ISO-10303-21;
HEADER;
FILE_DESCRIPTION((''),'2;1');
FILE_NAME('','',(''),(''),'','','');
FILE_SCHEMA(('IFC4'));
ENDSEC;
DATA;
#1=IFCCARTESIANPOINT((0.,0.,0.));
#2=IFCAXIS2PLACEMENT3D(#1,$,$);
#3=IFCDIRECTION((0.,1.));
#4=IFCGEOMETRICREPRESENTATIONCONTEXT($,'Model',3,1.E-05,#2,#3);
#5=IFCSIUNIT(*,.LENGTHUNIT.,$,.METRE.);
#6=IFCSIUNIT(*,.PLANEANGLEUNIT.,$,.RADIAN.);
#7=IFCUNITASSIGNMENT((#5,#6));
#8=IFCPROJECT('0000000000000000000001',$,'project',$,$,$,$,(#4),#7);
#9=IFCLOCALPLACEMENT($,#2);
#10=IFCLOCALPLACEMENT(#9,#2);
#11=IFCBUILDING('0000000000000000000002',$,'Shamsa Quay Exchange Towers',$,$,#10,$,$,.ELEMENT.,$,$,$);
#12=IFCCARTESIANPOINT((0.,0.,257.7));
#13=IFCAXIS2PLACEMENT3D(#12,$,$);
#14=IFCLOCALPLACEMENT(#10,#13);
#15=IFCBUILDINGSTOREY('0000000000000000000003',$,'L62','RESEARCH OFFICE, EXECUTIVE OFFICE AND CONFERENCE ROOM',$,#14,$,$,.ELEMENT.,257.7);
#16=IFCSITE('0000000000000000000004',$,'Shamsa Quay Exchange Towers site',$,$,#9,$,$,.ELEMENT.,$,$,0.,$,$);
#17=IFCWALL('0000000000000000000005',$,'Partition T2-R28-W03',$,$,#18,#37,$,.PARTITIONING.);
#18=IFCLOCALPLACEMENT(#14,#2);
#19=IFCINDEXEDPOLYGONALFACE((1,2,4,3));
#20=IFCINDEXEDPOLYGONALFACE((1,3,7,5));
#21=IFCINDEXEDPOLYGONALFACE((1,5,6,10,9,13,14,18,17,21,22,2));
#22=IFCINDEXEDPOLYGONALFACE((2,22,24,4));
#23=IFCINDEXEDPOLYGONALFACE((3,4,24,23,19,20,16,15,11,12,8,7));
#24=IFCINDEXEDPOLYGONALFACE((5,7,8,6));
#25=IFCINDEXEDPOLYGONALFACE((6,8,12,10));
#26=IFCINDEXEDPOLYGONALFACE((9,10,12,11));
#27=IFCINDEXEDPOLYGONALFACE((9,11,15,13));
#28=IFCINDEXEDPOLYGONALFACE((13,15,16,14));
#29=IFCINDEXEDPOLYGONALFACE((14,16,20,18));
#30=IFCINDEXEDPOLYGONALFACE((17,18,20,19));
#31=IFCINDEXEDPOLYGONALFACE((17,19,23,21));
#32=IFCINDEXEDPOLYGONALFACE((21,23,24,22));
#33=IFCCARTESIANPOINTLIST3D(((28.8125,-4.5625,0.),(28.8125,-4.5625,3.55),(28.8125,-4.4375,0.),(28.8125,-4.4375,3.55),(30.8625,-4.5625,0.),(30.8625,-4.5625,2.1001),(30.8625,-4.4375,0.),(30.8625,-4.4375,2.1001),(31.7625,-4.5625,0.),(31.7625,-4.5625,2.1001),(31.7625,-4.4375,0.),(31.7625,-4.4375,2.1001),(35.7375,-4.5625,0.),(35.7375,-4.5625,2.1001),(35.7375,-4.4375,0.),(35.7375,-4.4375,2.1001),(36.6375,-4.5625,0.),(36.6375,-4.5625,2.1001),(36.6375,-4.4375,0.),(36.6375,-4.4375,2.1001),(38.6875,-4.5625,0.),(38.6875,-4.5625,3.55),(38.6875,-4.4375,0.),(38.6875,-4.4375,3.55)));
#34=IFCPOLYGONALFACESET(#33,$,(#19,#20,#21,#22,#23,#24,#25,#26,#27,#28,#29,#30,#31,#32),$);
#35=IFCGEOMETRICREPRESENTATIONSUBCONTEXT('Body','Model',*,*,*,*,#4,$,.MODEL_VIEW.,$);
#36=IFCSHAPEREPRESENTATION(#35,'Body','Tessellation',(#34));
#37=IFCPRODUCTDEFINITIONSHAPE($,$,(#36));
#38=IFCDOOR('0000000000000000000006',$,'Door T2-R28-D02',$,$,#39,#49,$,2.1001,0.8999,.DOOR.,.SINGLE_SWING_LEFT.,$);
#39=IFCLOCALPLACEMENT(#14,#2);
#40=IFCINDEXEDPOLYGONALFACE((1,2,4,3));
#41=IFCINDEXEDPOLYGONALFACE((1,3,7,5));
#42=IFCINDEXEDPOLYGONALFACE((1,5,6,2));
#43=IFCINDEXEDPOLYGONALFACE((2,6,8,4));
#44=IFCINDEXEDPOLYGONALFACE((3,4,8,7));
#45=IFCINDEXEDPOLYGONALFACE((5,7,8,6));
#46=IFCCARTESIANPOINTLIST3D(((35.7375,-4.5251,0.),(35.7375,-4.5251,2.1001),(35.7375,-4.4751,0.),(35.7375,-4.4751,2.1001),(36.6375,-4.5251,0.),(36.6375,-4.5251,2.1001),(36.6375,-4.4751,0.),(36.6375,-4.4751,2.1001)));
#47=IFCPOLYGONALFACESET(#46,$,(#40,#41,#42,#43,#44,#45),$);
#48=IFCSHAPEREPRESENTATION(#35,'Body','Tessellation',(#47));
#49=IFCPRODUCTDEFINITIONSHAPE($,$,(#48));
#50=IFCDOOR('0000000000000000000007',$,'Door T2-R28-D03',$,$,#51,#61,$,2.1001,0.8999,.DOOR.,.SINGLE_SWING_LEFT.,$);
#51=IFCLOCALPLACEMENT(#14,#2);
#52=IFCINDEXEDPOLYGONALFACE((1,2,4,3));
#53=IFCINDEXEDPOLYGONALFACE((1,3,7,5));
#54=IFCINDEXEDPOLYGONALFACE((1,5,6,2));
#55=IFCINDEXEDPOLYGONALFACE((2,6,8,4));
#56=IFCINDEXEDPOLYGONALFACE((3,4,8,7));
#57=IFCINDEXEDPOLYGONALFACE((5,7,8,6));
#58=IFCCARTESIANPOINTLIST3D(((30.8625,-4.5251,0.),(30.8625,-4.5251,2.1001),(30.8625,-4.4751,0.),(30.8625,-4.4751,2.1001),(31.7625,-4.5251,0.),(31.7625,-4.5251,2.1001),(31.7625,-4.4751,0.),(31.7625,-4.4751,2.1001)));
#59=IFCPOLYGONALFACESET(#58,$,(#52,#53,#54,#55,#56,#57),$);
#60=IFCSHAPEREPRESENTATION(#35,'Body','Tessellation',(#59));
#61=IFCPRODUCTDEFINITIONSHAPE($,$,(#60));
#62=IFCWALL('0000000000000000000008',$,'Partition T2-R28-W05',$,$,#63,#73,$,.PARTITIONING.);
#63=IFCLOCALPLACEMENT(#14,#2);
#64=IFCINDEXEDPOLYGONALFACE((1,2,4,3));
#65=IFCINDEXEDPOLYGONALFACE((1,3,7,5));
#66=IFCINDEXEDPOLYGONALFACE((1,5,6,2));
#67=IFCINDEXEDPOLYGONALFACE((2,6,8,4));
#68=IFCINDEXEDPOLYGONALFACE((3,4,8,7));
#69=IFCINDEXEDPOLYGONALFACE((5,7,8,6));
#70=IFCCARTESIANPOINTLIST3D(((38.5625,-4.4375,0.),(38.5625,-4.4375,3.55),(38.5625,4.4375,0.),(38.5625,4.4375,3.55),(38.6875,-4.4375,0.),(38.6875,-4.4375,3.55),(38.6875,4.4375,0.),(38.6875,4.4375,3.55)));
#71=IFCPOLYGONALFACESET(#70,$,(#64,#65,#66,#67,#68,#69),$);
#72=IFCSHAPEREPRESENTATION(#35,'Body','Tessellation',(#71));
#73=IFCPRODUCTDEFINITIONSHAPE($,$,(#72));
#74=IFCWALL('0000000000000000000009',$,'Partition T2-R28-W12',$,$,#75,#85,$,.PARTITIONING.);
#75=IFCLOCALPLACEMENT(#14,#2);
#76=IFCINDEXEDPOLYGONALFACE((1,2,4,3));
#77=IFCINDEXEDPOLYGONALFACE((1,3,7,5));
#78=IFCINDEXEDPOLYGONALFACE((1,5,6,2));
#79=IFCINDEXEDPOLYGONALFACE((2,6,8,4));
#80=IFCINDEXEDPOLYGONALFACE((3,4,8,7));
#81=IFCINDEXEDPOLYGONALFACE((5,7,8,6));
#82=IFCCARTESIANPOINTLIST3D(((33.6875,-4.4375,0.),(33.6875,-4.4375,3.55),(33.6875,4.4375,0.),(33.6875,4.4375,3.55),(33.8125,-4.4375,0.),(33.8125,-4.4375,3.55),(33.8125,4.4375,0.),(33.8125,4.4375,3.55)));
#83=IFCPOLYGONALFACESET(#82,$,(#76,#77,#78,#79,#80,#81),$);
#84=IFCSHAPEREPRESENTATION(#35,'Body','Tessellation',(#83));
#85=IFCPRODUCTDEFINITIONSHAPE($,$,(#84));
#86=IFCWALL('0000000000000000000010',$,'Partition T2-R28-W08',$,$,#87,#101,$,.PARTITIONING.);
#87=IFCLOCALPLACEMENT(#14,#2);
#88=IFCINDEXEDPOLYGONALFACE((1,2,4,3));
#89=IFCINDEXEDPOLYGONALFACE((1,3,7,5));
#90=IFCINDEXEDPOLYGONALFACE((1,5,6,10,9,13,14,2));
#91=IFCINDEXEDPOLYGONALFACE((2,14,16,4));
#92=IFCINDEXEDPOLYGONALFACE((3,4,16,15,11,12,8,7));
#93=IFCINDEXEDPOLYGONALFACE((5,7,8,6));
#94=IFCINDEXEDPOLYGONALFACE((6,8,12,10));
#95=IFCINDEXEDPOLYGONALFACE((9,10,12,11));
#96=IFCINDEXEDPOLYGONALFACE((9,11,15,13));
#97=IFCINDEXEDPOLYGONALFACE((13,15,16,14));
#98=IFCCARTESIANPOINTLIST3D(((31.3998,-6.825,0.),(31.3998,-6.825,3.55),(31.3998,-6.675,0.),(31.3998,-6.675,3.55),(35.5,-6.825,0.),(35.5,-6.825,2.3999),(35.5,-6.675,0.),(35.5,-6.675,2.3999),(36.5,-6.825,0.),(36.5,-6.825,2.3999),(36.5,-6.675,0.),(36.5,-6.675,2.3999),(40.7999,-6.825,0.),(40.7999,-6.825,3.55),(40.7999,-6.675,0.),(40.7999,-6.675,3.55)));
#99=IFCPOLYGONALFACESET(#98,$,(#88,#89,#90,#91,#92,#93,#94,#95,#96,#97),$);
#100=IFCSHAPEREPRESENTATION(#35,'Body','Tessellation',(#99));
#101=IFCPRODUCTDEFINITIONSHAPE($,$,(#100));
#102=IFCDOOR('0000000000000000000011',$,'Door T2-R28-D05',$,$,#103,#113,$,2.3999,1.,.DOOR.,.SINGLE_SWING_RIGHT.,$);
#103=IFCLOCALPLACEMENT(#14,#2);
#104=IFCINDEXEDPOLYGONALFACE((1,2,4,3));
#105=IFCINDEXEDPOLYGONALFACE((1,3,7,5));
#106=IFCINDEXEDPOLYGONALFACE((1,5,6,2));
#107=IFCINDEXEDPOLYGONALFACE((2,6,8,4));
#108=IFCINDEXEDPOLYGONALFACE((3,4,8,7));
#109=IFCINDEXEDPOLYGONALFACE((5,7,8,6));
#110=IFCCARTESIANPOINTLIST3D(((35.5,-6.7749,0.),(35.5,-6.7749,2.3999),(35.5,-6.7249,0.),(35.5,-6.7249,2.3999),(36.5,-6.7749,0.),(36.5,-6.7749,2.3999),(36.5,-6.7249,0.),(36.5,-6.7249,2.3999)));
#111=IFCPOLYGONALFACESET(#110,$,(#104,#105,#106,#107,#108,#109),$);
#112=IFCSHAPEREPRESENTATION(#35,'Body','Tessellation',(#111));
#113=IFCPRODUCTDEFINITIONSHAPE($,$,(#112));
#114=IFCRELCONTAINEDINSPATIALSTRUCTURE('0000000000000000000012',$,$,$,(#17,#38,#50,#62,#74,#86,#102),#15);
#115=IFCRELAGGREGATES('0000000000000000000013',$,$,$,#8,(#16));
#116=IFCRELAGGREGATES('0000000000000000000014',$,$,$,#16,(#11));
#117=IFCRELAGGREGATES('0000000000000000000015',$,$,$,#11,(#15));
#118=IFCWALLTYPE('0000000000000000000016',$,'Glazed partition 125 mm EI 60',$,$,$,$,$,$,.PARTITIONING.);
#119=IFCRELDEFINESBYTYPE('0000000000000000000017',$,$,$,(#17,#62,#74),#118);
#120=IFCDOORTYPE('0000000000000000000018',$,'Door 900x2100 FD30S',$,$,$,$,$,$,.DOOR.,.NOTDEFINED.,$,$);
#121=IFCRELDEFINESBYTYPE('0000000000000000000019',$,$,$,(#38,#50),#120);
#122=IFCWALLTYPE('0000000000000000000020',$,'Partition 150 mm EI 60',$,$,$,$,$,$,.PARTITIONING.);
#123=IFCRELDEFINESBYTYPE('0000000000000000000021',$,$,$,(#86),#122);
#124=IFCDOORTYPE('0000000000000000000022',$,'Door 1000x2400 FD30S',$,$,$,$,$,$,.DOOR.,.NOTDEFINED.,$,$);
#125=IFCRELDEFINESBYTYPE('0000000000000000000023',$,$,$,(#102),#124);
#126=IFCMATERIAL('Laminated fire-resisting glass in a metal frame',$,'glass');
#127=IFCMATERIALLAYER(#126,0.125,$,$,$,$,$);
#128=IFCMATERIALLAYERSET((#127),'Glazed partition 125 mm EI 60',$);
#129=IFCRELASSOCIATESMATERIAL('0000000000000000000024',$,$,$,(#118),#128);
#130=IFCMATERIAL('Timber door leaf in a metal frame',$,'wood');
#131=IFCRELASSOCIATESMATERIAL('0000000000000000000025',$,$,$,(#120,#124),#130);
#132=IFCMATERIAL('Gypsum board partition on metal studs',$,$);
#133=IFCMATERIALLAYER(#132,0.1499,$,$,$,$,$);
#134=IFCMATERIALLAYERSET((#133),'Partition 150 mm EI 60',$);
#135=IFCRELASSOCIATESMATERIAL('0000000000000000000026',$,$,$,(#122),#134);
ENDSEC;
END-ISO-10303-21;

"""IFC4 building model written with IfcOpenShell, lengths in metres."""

from ifc_helpers import new_model, si_unit, direction, frame, frame_2d, origin, place, context, subcontext, project, spatial, rectangle, extrude, material, layer, layer_set, type_object, element, fill, save


model = new_model("IFC4")

# Units and contexts
model_context = context("Model", 3, precision=1e-05, world=origin(), true_north=direction((0.0, 1.0)))
body_context = subcontext(model_context, "Body", "Model", "MODEL_VIEW")
ifc_project = project(units=[si_unit("LENGTHUNIT", "METRE"), si_unit("PLANEANGLEUNIT", "RADIAN")], contexts=[model_context])

# Site, building, storey
site_placement = place(None, origin())
site = spatial("IfcSite", under=ifc_project, at=site_placement, Name="Shamsa Quay Exchange Towers site", CompositionType="ELEMENT", RefElevation=0.0)
building_placement = place(site_placement, origin())
building = spatial("IfcBuilding", under=site, at=building_placement, Name="Shamsa Quay Exchange Towers", CompositionType="ELEMENT")
storey_placement = place(building_placement, frame((0.0, 0.0, 257.7)))
storey = spatial("IfcBuildingStorey", under=building, at=storey_placement, Name="L62", Description="RESEARCH OFFICE, EXECUTIVE OFFICE AND CONFERENCE ROOM", CompositionType="ELEMENT", Elevation=257.7)

# Shared definitions
ifc_material_1 = material(Name="Timber door leaf in a metal frame", Category="wood")

# Wall, openings, doors
ifc_material_2 = material(Name="Laminated fire-resisting glass in a metal frame", Category="glass")
ifc_layer_1 = layer(ifc_material_2, 0.125)
ifc_layer_set_1 = layer_set([ifc_layer_1], Name="Glazed partition 125 mm EI 60")
wall_type_1 = type_object("IfcWallType", Name="Glazed partition 125 mm EI 60", PredefinedType="PARTITIONING", material=ifc_layer_set_1)
wall_1_placement = place(storey_placement, frame((28.8125, -4.5, 0.0)))
wall_1 = element("IfcWall", 1, at=wall_1_placement, inside=storey, type_object=wall_type_1, Name="Partition T2-R28-W03", PredefinedType="PARTITIONING", context=body_context, shape_type="SweptSolid", body=[
    extrude(rectangle(XDim=9.875, YDim=0.125, at=frame_2d((4.9375, 0.0))), origin(), (0.0, 0.0, 1.0), 3.55),
])
opening_1_placement = place(wall_1_placement, frame((6.925, 0.0, 0.0)))
opening_1 = element("IfcOpeningElement", 2, at=opening_1_placement, cuts=wall_1, PredefinedType="OPENING", context=body_context, shape_type="SweptSolid", body=[
    extrude(rectangle(XDim=0.8999, YDim=2.1001, at=frame_2d((0.45, 1.05))), frame((0.0, 0.0725, 0.0), z_axis=(0.0, -1.0, 0.0), x_axis=(1.0, 0.0, 0.0)), (0.0, 0.0, 1.0), 0.145),
])
opening_2_placement = place(wall_1_placement, frame((2.05, 0.0, 0.0)))
opening_2 = element("IfcOpeningElement", 3, at=opening_2_placement, cuts=wall_1, PredefinedType="OPENING", context=body_context, shape_type="SweptSolid", body=[
    extrude(rectangle(XDim=0.8999, YDim=2.1001, at=frame_2d((0.45, 1.05))), frame((0.0, 0.0725, 0.0), z_axis=(0.0, -1.0, 0.0), x_axis=(1.0, 0.0, 0.0)), (0.0, 0.0, 1.0), 0.145),
])
door_type_1 = type_object("IfcDoorType", Name="Door 900x2100 FD30S", OperationType="NOTDEFINED", PredefinedType="DOOR", material=ifc_material_1)
door_1_placement = place(opening_1_placement, origin())
door_1 = element("IfcDoor", 4, at=door_1_placement, inside=storey, type_object=door_type_1, Name="Door T2-R28-D02", OperationType="SINGLE_SWING_LEFT", OverallHeight=2.1001, OverallWidth=0.8999, PredefinedType="DOOR", context=body_context, shape_type="SweptSolid", body=[
    extrude(rectangle(XDim=0.8999, YDim=2.1001, at=frame_2d((0.45, 1.05))), frame((0.0, 0.0249, 0.0), z_axis=(0.0, -1.0, 0.0), x_axis=(1.0, 0.0, 0.0)), (0.0, 0.0, 1.0), 0.05),
])
fill(opening_1, door_1)
door_2_placement = place(opening_2_placement, origin())
door_2 = element("IfcDoor", 5, at=door_2_placement, inside=storey, type_object=door_type_1, Name="Door T2-R28-D03", OperationType="SINGLE_SWING_LEFT", OverallHeight=2.1001, OverallWidth=0.8999, PredefinedType="DOOR", context=body_context, shape_type="SweptSolid", body=[
    extrude(rectangle(XDim=0.8999, YDim=2.1001, at=frame_2d((0.45, 1.05))), frame((0.0, 0.0249, 0.0), z_axis=(0.0, -1.0, 0.0), x_axis=(1.0, 0.0, 0.0)), (0.0, 0.0, 1.0), 0.05),
])
fill(opening_2, door_2)

# Walls
for number, where, z_axis, x_axis, name in (
    (6, (38.625, -4.4375, 0.0), (0.0, 0.0, 1.0), (0.0, 1.0, 0.0), "Partition T2-R28-W05"),
    (7, (33.75, -4.4375, 0.0), (0.0, 0.0, 1.0), (0.0, 1.0, 0.0), "Partition T2-R28-W12"),
):
    element("IfcWall", number, at=place(storey_placement, frame(where, z_axis=z_axis, x_axis=x_axis)), inside=storey, type_object=wall_type_1, Name=name, PredefinedType="PARTITIONING", context=body_context, shape_type="SweptSolid", body=[
        extrude(rectangle(XDim=8.875, YDim=0.125, at=frame_2d((4.4375, 0.0))), origin(), (0.0, 0.0, 1.0), 3.55),
    ])

# Wall, opening, door
ifc_material_3 = material(Name="Gypsum board partition on metal studs")
ifc_layer_2 = layer(ifc_material_3, 0.1499)
ifc_layer_set_2 = layer_set([ifc_layer_2], Name="Partition 150 mm EI 60")
wall_type_2 = type_object("IfcWallType", Name="Partition 150 mm EI 60", PredefinedType="PARTITIONING", material=ifc_layer_set_2)
wall_2_placement = place(storey_placement, frame((40.8, -6.75, 0.0), z_axis=(0.0, 0.0, 1.0), x_axis=(-1.0, 0.0, 0.0)))
wall_2 = element("IfcWall", 8, at=wall_2_placement, inside=storey, type_object=wall_type_2, Name="Partition T2-R28-W08", PredefinedType="PARTITIONING", context=body_context, shape_type="SweptSolid", body=[
    extrude(rectangle(XDim=9.4001, YDim=0.1499, at=frame_2d((4.7002, 0.0))), origin(), (0.0, 0.0, 1.0), 3.55),
])
opening_3_placement = place(wall_2_placement, frame((4.3, 0.0, 0.0)))
opening_3 = element("IfcOpeningElement", 9, at=opening_3_placement, cuts=wall_2, PredefinedType="OPENING", context=body_context, shape_type="SweptSolid", body=[
    extrude(rectangle(XDim=1.0, YDim=2.3999, at=frame_2d((0.5, 1.2))), frame((0.0, 0.085, 0.0), z_axis=(0.0, -1.0, 0.0), x_axis=(1.0, 0.0, 0.0)), (0.0, 0.0, 1.0), 0.1699),
])
door_type_2 = type_object("IfcDoorType", Name="Door 1000x2400 FD30S", OperationType="NOTDEFINED", PredefinedType="DOOR", material=ifc_material_1)
door_3_placement = place(opening_3_placement, origin())
door_3 = element("IfcDoor", 10, at=door_3_placement, inside=storey, type_object=door_type_2, Name="Door T2-R28-D05", OperationType="SINGLE_SWING_RIGHT", OverallHeight=2.3999, OverallWidth=1.0, PredefinedType="DOOR", context=body_context, shape_type="SweptSolid", body=[
    extrude(rectangle(XDim=1.0, YDim=2.3999, at=frame_2d((0.5, 1.2))), frame((0.0, 0.0249, 0.0), z_axis=(0.0, -1.0, 0.0), x_axis=(1.0, 0.0, 0.0)), (0.0, 0.0, 1.0), 0.05),
])
fill(opening_3, door_3)

save(model, "model.ifc")
